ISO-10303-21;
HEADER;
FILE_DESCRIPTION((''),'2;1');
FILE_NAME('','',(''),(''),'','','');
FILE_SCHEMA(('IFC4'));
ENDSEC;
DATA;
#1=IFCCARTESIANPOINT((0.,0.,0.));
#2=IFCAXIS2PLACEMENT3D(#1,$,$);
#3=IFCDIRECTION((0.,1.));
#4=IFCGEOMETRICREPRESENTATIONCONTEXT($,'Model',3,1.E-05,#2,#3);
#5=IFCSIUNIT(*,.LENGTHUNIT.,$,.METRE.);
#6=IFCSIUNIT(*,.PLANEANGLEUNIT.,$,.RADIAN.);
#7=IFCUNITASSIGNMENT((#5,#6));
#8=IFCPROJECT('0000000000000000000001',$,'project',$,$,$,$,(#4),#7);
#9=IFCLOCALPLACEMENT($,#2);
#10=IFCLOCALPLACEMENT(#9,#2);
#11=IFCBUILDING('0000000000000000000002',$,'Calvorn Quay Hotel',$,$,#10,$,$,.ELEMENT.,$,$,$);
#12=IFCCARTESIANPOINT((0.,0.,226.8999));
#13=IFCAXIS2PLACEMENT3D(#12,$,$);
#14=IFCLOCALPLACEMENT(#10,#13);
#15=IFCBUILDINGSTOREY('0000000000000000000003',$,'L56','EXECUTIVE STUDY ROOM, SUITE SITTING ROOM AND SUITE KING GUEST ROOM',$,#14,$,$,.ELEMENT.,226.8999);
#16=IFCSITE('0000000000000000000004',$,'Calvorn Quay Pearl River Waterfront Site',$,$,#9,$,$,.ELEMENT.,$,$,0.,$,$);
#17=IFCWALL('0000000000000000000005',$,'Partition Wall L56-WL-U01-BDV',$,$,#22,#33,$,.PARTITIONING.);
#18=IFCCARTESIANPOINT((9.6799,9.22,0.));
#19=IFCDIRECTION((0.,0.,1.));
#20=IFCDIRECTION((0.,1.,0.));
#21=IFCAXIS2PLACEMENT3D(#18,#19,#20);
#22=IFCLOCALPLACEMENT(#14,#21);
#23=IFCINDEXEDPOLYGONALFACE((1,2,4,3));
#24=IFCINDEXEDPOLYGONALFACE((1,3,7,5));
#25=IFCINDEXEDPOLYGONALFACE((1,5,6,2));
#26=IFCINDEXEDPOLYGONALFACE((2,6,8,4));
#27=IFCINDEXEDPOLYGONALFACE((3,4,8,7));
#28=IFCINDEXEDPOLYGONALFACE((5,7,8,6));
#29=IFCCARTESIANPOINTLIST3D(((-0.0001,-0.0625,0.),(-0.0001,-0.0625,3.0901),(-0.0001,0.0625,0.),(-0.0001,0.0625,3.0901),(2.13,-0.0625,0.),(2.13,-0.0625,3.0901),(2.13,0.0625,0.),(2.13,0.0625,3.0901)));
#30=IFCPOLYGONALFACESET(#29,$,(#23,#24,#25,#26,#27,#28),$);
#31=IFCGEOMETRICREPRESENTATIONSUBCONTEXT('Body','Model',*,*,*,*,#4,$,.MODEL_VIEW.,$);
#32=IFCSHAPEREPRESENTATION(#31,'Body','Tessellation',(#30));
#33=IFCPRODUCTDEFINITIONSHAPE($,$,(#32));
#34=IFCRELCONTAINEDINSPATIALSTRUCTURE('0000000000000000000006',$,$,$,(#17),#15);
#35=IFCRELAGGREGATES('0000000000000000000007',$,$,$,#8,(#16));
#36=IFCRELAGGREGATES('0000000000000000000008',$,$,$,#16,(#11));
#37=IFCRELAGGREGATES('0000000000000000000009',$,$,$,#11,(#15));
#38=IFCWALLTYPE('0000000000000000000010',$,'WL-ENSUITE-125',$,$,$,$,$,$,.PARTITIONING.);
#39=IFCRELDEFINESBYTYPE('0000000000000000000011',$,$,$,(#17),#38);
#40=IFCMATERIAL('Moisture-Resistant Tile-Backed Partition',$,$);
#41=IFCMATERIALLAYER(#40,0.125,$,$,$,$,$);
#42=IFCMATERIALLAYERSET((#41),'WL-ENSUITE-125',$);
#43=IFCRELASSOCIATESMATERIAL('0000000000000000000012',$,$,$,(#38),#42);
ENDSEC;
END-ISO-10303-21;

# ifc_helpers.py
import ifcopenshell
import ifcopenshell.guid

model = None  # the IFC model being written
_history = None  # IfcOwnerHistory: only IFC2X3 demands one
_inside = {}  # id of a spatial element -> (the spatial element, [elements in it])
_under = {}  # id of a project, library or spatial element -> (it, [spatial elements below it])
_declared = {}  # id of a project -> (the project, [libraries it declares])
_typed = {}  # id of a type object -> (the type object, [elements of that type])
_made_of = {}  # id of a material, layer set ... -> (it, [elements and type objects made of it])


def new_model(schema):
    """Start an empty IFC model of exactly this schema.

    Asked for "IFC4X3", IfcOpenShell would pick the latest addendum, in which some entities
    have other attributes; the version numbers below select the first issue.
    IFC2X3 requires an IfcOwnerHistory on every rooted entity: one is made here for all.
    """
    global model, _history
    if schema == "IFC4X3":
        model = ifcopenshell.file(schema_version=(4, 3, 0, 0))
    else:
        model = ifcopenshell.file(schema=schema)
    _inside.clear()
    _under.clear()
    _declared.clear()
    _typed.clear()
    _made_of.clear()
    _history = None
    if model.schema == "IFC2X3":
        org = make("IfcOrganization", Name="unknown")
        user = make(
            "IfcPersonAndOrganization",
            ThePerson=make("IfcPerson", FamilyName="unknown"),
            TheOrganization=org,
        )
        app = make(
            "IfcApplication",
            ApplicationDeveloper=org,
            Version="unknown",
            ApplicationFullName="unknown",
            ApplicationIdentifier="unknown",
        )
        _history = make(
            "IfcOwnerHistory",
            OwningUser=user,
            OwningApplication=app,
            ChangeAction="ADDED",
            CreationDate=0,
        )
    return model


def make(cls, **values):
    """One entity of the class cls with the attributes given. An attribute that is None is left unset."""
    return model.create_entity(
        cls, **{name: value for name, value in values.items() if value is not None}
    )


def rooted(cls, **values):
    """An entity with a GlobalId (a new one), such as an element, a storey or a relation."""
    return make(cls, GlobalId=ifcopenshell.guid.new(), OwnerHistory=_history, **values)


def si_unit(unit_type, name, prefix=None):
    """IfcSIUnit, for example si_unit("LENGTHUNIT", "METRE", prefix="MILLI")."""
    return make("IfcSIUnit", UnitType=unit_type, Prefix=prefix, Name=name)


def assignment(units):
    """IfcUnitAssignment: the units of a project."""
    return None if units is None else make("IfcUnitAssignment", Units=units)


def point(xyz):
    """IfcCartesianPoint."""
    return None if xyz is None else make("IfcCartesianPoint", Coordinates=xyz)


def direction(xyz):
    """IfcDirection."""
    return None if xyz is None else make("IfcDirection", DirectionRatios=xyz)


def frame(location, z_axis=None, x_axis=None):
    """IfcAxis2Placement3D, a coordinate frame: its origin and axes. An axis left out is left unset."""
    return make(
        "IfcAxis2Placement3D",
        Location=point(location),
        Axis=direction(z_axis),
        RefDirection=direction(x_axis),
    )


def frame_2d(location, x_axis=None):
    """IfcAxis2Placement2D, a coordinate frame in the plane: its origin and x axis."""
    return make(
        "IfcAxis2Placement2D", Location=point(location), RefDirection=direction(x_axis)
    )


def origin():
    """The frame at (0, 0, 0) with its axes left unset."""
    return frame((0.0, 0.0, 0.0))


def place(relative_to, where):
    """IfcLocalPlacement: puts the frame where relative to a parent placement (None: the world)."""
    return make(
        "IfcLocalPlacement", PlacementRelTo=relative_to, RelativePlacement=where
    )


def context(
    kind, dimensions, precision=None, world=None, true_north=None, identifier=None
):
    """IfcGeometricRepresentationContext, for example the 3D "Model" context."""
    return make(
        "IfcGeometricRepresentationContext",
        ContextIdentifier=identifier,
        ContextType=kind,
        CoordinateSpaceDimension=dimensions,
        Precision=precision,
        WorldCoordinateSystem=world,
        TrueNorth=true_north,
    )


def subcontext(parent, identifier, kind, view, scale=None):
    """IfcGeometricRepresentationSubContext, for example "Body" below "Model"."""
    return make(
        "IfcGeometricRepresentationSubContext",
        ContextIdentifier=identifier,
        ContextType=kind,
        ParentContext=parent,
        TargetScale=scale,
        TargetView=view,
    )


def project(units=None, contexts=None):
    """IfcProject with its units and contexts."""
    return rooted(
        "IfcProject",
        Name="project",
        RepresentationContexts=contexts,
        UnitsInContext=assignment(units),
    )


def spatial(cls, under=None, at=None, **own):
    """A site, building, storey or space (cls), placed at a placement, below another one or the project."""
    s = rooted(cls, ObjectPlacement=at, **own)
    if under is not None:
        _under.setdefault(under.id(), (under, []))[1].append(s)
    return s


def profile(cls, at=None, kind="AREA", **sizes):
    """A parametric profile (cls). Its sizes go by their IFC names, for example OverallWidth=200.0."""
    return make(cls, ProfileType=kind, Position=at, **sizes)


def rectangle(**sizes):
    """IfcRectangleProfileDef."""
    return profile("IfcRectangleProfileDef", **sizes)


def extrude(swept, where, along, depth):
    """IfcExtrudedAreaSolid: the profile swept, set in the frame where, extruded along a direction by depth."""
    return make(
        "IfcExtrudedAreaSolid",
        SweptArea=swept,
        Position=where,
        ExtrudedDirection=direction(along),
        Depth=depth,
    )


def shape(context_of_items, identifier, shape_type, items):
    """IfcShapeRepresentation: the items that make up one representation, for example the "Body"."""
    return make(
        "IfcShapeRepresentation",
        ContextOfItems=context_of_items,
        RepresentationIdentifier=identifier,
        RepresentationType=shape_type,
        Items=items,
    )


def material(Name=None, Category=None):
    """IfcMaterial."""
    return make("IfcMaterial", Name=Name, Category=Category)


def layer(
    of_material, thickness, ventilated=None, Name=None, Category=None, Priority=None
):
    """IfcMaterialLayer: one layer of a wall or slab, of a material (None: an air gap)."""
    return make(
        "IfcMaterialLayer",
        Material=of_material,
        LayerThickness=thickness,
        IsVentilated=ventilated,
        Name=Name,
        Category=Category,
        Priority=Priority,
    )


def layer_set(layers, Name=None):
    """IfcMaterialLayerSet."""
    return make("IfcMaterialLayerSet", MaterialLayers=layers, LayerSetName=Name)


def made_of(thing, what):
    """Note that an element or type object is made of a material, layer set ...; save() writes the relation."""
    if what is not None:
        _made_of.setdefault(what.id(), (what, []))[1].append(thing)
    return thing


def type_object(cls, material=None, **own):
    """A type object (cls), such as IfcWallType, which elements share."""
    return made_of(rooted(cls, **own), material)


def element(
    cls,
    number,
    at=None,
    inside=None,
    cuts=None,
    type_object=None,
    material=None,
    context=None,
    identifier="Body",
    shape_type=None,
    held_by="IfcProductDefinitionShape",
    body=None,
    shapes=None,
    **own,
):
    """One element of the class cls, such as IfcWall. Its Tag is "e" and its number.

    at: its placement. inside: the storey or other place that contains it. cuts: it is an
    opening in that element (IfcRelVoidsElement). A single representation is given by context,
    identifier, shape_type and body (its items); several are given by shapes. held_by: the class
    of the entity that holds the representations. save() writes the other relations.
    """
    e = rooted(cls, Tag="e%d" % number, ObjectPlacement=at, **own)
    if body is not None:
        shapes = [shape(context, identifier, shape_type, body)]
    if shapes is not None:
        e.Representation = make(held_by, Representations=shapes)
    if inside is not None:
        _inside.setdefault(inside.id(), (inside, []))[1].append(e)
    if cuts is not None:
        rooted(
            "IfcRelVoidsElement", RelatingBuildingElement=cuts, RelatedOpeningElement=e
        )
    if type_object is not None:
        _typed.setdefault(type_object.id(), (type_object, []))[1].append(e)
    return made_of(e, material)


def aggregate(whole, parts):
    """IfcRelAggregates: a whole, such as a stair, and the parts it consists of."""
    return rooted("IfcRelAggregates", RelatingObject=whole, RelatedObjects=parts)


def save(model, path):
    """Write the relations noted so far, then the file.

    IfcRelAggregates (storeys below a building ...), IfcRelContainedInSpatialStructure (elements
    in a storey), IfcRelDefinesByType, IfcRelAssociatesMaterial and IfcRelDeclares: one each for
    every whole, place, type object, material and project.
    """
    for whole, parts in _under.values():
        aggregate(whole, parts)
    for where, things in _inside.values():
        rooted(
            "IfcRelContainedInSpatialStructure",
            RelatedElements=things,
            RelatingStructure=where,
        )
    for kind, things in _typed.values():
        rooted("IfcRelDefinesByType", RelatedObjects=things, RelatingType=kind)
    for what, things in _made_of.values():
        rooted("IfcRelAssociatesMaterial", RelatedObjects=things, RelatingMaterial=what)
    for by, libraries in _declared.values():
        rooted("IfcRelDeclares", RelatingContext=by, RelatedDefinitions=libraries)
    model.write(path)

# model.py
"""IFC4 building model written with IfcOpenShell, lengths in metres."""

from ifc_helpers import new_model, si_unit, direction, frame, frame_2d, origin, place, context, subcontext, project, spatial, rectangle, extrude, material, layer, layer_set, type_object, element, save


model = new_model("IFC4")

# Units and contexts
model_context = context("Model", 3, precision=1e-05, world=origin(), true_north=direction((0.0, 1.0)))
body_context = subcontext(model_context, "Body", "Model", "MODEL_VIEW")
ifc_project = project(units=[si_unit("LENGTHUNIT", "METRE"), si_unit("PLANEANGLEUNIT", "RADIAN")], contexts=[model_context])

# Site, building, storey
site_placement = place(None, origin())
site = spatial("IfcSite", under=ifc_project, at=site_placement, Name="Calvorn Quay Pearl River Waterfront Site", CompositionType="ELEMENT", RefElevation=0.0)
building_placement = place(site_placement, origin())
building = spatial("IfcBuilding", under=site, at=building_placement, Name="Calvorn Quay Hotel", CompositionType="ELEMENT")
storey_placement = place(building_placement, frame((0.0, 0.0, 226.8999)))
storey = spatial("IfcBuildingStorey", under=building, at=storey_placement, Name="L56", Description="EXECUTIVE STUDY ROOM, SUITE SITTING ROOM AND SUITE KING GUEST ROOM", CompositionType="ELEMENT", Elevation=226.8999)

# Wall
ifc_material_1 = material(Name="Moisture-Resistant Tile-Backed Partition")
ifc_layer_1 = layer(ifc_material_1, 0.125)
ifc_layer_set_1 = layer_set([ifc_layer_1], Name="WL-ENSUITE-125")
wall_type_1 = type_object("IfcWallType", Name="WL-ENSUITE-125", PredefinedType="PARTITIONING", material=ifc_layer_set_1)
wall_1_placement = place(storey_placement, frame((9.6799, 9.22, 0.0), z_axis=(0.0, 0.0, 1.0), x_axis=(0.0, 1.0, 0.0)))
element("IfcWall", 1, at=wall_1_placement, inside=storey, type_object=wall_type_1, Name="Partition Wall L56-WL-U01-BDV", PredefinedType="PARTITIONING", context=body_context, shape_type="SweptSolid", body=[
    extrude(rectangle(XDim=2.1301, YDim=0.125, at=frame_2d((1.0649, 0.0))), origin(), (0.0, 0.0, 1.0), 3.0901),
])

save(model, "model.ifc")
